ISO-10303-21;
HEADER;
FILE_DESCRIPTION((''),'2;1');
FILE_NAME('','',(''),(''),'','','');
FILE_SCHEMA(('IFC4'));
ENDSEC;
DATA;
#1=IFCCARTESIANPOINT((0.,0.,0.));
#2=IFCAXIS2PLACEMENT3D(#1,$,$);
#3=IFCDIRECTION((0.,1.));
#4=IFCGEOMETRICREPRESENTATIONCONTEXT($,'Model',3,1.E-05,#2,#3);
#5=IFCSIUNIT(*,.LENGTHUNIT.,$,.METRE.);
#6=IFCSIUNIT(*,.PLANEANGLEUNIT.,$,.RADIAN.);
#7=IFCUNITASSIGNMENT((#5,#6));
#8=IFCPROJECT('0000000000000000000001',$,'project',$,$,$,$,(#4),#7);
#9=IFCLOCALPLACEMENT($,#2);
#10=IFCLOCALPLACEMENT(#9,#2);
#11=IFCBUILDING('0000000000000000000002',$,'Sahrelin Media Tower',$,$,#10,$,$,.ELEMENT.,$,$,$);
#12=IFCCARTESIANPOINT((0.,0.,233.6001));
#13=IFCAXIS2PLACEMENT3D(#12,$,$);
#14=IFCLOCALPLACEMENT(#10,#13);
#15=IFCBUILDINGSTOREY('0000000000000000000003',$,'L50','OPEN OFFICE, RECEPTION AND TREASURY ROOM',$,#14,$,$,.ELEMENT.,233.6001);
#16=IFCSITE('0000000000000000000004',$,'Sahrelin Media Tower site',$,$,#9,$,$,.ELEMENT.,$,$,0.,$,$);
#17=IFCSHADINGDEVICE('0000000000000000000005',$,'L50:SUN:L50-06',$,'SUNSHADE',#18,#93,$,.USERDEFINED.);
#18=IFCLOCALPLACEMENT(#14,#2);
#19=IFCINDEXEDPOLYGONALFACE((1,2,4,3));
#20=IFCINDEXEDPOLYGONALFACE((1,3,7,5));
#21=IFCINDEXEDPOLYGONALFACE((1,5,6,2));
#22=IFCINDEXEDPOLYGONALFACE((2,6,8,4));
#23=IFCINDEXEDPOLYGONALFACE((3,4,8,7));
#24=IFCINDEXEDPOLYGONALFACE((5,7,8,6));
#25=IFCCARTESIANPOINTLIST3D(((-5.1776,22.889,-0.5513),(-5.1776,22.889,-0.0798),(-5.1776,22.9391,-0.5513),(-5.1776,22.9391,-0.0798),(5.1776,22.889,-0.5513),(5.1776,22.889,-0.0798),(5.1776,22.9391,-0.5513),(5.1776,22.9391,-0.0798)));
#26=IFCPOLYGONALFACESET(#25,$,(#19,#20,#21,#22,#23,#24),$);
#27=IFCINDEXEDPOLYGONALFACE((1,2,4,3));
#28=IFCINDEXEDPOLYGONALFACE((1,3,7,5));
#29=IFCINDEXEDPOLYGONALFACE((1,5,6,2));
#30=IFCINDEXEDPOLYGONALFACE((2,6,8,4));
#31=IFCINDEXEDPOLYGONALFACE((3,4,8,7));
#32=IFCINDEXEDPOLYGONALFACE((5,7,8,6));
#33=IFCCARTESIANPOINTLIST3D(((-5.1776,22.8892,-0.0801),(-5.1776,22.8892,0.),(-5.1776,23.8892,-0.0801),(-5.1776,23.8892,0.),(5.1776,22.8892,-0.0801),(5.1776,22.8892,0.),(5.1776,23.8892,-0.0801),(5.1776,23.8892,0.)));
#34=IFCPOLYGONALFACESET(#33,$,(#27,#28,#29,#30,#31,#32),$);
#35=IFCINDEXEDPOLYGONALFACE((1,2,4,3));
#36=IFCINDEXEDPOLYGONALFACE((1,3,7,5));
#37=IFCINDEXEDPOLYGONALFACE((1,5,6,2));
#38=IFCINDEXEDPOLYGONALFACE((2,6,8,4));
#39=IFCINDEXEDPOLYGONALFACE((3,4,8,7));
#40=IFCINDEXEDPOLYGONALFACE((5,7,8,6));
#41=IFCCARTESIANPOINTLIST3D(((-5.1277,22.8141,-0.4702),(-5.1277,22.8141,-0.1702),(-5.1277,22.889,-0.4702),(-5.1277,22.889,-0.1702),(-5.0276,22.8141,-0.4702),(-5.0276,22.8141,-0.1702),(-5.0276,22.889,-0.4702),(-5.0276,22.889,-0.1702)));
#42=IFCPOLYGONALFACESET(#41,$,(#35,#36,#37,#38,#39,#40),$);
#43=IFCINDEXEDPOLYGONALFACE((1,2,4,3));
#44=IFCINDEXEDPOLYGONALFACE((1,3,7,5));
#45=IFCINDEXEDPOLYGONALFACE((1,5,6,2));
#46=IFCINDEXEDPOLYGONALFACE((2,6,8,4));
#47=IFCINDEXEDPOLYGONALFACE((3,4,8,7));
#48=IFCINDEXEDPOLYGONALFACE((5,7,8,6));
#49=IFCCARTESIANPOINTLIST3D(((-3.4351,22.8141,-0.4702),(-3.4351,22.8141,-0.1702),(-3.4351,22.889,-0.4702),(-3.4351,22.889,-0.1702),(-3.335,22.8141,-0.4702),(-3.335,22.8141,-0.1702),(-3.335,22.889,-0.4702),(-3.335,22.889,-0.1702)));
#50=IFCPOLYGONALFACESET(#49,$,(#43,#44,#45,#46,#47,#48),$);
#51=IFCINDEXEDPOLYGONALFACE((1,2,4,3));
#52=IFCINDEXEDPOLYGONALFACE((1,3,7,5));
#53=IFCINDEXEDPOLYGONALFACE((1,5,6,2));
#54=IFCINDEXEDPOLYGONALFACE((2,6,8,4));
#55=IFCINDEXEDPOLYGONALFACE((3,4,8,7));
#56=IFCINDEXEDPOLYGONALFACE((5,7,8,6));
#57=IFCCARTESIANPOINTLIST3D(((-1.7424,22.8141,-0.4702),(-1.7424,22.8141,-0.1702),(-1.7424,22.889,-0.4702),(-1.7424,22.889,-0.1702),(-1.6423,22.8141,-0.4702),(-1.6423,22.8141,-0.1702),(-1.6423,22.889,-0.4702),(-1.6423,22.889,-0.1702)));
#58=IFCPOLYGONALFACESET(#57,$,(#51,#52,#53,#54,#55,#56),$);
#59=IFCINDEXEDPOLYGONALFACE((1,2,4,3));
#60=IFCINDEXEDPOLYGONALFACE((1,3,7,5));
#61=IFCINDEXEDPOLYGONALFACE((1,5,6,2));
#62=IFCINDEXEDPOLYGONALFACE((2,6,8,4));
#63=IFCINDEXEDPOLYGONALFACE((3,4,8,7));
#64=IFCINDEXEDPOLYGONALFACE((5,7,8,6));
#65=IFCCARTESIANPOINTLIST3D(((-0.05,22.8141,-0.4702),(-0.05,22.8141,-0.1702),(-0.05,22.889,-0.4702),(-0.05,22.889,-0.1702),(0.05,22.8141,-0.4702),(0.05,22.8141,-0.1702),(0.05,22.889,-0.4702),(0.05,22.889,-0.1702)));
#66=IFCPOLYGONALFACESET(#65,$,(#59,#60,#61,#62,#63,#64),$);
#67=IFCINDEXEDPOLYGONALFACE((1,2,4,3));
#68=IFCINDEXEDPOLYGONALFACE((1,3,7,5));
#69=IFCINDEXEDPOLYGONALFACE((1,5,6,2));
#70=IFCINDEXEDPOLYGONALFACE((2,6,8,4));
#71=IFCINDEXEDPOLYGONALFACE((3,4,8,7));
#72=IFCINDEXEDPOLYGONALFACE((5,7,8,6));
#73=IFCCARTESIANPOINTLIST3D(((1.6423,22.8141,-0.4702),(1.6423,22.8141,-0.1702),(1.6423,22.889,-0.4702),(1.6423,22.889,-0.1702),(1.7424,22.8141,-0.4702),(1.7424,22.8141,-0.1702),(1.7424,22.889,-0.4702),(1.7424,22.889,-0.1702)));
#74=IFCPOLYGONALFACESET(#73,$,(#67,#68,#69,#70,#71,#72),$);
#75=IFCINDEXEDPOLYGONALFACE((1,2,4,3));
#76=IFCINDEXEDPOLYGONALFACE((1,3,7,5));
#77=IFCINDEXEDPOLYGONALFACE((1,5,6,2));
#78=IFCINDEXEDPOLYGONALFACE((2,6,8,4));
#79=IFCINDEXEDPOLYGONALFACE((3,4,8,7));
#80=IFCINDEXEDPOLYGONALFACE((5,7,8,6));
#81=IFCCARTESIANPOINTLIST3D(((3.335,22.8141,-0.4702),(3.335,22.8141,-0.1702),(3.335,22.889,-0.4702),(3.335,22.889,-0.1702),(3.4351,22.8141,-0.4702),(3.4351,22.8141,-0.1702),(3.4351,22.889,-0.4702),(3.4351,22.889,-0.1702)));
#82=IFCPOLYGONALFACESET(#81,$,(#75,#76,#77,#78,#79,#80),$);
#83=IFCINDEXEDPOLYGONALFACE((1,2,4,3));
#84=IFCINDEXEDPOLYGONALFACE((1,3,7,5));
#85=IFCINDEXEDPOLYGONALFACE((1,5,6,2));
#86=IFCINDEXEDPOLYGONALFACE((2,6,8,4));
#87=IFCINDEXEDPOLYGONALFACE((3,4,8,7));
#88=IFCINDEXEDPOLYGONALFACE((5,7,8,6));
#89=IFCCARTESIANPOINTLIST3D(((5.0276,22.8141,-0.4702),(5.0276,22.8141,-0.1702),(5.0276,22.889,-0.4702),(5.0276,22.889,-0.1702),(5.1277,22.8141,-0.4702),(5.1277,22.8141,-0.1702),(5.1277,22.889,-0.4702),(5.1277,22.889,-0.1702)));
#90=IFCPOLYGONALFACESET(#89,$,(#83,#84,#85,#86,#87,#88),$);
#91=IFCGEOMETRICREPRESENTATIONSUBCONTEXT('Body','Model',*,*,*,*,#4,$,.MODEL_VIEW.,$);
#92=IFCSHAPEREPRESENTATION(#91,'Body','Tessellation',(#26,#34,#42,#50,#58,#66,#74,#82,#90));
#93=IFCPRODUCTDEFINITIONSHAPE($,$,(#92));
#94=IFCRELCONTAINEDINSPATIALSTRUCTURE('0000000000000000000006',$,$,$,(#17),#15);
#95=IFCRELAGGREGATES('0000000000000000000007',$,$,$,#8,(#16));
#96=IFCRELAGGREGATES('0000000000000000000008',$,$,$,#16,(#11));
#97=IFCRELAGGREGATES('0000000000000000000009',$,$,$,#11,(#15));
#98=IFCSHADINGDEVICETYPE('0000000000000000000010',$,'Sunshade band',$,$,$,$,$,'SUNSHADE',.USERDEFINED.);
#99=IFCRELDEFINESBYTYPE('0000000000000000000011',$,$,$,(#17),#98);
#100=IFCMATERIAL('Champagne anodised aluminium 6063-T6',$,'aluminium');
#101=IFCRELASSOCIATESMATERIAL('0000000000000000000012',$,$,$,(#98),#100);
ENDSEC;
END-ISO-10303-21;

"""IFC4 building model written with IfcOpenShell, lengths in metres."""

from ifc_helpers import new_model, si_unit, direction, frame, origin, origin_2d, place, context, subcontext, project, spatial, rectangle, extrude, material, type_object, element, save


model = new_model("IFC4")

# Units and contexts
model_context = context("Model", 3, precision=1e-05, world=origin(), true_north=direction((0.0, 1.0)))
body_context = subcontext(model_context, "Body", "Model", "MODEL_VIEW")
ifc_project = project(units=[si_unit("LENGTHUNIT", "METRE"), si_unit("PLANEANGLEUNIT", "RADIAN")], contexts=[model_context])

# Site, building, storey
site_placement = place(None, origin())
site = spatial("IfcSite", under=ifc_project, at=site_placement, Name="Sahrelin Media Tower site", CompositionType="ELEMENT", RefElevation=0.0)
building_placement = place(site_placement, origin())
building = spatial("IfcBuilding", under=site, at=building_placement, Name="Sahrelin Media Tower", CompositionType="ELEMENT")
storey_placement = place(building_placement, frame((0.0, 0.0, 233.6001)))
storey = spatial("IfcBuildingStorey", under=building, at=storey_placement, Name="L50", Description="OPEN OFFICE, RECEPTION AND TREASURY ROOM", CompositionType="ELEMENT", Elevation=233.6001)

# Shared definitions
ifc_material_1 = material(Name="Champagne anodised aluminium 6063-T6", Category="aluminium")

# Shared definitions
placement_1 = place(storey_placement, frame((0.0, 22.8691, 0.0), z_axis=(0.0, 0.0, 1.0), x_axis=(1.0, 0.0, 0.0)))

# Shading device
shading_device_type_1 = type_object("IfcShadingDeviceType", Name="Sunshade band", ElementType="SUNSHADE", PredefinedType="USERDEFINED", material=ifc_material_1)
element("IfcShadingDevice", 1, at=placement_1, inside=storey, type_object=shading_device_type_1, Name="L50:SUN:L50-06", ObjectType="SUNSHADE", PredefinedType="USERDEFINED", context=body_context, shape_type="SweptSolid", body=[
    extrude(rectangle(XDim=10.3552, YDim=0.05, at=origin_2d()), frame((0.0, 0.0449, -0.5513)), (0.0, 0.0, 1.0), 0.4714),
    extrude(rectangle(XDim=10.3552, YDim=1.0, at=origin_2d()), frame((0.0, 0.52, -0.0801)), (0.0, 0.0, 1.0), 0.0801),
    extrude(rectangle(XDim=0.1001, YDim=0.075, at=origin_2d()), frame((-5.0776, -0.0176, -0.4702)), (0.0, 0.0, 1.0), 0.3),
    extrude(rectangle(XDim=0.1001, YDim=0.075, at=origin_2d()), frame((-3.385, -0.0176, -0.4702)), (0.0, 0.0, 1.0), 0.3),
    extrude(rectangle(XDim=0.1001, YDim=0.075, at=origin_2d()), frame((-1.6924, -0.0176, -0.4702)), (0.0, 0.0, 1.0), 0.3),
    extrude(rectangle(XDim=0.1001, YDim=0.075, at=origin_2d()), frame((0.0, -0.0176, -0.4702)), (0.0, 0.0, 1.0), 0.3),
    extrude(rectangle(XDim=0.1001, YDim=0.075, at=origin_2d()), frame((1.6924, -0.0176, -0.4702)), (0.0, 0.0, 1.0), 0.3),
    extrude(rectangle(XDim=0.1001, YDim=0.075, at=origin_2d()), frame((3.385, -0.0176, -0.4702)), (0.0, 0.0, 1.0), 0.3),
    extrude(rectangle(XDim=0.1001, YDim=0.075, at=origin_2d()), frame((5.0776, -0.0176, -0.4702)), (0.0, 0.0, 1.0), 0.3),
])

save(model, "model.ifc")
